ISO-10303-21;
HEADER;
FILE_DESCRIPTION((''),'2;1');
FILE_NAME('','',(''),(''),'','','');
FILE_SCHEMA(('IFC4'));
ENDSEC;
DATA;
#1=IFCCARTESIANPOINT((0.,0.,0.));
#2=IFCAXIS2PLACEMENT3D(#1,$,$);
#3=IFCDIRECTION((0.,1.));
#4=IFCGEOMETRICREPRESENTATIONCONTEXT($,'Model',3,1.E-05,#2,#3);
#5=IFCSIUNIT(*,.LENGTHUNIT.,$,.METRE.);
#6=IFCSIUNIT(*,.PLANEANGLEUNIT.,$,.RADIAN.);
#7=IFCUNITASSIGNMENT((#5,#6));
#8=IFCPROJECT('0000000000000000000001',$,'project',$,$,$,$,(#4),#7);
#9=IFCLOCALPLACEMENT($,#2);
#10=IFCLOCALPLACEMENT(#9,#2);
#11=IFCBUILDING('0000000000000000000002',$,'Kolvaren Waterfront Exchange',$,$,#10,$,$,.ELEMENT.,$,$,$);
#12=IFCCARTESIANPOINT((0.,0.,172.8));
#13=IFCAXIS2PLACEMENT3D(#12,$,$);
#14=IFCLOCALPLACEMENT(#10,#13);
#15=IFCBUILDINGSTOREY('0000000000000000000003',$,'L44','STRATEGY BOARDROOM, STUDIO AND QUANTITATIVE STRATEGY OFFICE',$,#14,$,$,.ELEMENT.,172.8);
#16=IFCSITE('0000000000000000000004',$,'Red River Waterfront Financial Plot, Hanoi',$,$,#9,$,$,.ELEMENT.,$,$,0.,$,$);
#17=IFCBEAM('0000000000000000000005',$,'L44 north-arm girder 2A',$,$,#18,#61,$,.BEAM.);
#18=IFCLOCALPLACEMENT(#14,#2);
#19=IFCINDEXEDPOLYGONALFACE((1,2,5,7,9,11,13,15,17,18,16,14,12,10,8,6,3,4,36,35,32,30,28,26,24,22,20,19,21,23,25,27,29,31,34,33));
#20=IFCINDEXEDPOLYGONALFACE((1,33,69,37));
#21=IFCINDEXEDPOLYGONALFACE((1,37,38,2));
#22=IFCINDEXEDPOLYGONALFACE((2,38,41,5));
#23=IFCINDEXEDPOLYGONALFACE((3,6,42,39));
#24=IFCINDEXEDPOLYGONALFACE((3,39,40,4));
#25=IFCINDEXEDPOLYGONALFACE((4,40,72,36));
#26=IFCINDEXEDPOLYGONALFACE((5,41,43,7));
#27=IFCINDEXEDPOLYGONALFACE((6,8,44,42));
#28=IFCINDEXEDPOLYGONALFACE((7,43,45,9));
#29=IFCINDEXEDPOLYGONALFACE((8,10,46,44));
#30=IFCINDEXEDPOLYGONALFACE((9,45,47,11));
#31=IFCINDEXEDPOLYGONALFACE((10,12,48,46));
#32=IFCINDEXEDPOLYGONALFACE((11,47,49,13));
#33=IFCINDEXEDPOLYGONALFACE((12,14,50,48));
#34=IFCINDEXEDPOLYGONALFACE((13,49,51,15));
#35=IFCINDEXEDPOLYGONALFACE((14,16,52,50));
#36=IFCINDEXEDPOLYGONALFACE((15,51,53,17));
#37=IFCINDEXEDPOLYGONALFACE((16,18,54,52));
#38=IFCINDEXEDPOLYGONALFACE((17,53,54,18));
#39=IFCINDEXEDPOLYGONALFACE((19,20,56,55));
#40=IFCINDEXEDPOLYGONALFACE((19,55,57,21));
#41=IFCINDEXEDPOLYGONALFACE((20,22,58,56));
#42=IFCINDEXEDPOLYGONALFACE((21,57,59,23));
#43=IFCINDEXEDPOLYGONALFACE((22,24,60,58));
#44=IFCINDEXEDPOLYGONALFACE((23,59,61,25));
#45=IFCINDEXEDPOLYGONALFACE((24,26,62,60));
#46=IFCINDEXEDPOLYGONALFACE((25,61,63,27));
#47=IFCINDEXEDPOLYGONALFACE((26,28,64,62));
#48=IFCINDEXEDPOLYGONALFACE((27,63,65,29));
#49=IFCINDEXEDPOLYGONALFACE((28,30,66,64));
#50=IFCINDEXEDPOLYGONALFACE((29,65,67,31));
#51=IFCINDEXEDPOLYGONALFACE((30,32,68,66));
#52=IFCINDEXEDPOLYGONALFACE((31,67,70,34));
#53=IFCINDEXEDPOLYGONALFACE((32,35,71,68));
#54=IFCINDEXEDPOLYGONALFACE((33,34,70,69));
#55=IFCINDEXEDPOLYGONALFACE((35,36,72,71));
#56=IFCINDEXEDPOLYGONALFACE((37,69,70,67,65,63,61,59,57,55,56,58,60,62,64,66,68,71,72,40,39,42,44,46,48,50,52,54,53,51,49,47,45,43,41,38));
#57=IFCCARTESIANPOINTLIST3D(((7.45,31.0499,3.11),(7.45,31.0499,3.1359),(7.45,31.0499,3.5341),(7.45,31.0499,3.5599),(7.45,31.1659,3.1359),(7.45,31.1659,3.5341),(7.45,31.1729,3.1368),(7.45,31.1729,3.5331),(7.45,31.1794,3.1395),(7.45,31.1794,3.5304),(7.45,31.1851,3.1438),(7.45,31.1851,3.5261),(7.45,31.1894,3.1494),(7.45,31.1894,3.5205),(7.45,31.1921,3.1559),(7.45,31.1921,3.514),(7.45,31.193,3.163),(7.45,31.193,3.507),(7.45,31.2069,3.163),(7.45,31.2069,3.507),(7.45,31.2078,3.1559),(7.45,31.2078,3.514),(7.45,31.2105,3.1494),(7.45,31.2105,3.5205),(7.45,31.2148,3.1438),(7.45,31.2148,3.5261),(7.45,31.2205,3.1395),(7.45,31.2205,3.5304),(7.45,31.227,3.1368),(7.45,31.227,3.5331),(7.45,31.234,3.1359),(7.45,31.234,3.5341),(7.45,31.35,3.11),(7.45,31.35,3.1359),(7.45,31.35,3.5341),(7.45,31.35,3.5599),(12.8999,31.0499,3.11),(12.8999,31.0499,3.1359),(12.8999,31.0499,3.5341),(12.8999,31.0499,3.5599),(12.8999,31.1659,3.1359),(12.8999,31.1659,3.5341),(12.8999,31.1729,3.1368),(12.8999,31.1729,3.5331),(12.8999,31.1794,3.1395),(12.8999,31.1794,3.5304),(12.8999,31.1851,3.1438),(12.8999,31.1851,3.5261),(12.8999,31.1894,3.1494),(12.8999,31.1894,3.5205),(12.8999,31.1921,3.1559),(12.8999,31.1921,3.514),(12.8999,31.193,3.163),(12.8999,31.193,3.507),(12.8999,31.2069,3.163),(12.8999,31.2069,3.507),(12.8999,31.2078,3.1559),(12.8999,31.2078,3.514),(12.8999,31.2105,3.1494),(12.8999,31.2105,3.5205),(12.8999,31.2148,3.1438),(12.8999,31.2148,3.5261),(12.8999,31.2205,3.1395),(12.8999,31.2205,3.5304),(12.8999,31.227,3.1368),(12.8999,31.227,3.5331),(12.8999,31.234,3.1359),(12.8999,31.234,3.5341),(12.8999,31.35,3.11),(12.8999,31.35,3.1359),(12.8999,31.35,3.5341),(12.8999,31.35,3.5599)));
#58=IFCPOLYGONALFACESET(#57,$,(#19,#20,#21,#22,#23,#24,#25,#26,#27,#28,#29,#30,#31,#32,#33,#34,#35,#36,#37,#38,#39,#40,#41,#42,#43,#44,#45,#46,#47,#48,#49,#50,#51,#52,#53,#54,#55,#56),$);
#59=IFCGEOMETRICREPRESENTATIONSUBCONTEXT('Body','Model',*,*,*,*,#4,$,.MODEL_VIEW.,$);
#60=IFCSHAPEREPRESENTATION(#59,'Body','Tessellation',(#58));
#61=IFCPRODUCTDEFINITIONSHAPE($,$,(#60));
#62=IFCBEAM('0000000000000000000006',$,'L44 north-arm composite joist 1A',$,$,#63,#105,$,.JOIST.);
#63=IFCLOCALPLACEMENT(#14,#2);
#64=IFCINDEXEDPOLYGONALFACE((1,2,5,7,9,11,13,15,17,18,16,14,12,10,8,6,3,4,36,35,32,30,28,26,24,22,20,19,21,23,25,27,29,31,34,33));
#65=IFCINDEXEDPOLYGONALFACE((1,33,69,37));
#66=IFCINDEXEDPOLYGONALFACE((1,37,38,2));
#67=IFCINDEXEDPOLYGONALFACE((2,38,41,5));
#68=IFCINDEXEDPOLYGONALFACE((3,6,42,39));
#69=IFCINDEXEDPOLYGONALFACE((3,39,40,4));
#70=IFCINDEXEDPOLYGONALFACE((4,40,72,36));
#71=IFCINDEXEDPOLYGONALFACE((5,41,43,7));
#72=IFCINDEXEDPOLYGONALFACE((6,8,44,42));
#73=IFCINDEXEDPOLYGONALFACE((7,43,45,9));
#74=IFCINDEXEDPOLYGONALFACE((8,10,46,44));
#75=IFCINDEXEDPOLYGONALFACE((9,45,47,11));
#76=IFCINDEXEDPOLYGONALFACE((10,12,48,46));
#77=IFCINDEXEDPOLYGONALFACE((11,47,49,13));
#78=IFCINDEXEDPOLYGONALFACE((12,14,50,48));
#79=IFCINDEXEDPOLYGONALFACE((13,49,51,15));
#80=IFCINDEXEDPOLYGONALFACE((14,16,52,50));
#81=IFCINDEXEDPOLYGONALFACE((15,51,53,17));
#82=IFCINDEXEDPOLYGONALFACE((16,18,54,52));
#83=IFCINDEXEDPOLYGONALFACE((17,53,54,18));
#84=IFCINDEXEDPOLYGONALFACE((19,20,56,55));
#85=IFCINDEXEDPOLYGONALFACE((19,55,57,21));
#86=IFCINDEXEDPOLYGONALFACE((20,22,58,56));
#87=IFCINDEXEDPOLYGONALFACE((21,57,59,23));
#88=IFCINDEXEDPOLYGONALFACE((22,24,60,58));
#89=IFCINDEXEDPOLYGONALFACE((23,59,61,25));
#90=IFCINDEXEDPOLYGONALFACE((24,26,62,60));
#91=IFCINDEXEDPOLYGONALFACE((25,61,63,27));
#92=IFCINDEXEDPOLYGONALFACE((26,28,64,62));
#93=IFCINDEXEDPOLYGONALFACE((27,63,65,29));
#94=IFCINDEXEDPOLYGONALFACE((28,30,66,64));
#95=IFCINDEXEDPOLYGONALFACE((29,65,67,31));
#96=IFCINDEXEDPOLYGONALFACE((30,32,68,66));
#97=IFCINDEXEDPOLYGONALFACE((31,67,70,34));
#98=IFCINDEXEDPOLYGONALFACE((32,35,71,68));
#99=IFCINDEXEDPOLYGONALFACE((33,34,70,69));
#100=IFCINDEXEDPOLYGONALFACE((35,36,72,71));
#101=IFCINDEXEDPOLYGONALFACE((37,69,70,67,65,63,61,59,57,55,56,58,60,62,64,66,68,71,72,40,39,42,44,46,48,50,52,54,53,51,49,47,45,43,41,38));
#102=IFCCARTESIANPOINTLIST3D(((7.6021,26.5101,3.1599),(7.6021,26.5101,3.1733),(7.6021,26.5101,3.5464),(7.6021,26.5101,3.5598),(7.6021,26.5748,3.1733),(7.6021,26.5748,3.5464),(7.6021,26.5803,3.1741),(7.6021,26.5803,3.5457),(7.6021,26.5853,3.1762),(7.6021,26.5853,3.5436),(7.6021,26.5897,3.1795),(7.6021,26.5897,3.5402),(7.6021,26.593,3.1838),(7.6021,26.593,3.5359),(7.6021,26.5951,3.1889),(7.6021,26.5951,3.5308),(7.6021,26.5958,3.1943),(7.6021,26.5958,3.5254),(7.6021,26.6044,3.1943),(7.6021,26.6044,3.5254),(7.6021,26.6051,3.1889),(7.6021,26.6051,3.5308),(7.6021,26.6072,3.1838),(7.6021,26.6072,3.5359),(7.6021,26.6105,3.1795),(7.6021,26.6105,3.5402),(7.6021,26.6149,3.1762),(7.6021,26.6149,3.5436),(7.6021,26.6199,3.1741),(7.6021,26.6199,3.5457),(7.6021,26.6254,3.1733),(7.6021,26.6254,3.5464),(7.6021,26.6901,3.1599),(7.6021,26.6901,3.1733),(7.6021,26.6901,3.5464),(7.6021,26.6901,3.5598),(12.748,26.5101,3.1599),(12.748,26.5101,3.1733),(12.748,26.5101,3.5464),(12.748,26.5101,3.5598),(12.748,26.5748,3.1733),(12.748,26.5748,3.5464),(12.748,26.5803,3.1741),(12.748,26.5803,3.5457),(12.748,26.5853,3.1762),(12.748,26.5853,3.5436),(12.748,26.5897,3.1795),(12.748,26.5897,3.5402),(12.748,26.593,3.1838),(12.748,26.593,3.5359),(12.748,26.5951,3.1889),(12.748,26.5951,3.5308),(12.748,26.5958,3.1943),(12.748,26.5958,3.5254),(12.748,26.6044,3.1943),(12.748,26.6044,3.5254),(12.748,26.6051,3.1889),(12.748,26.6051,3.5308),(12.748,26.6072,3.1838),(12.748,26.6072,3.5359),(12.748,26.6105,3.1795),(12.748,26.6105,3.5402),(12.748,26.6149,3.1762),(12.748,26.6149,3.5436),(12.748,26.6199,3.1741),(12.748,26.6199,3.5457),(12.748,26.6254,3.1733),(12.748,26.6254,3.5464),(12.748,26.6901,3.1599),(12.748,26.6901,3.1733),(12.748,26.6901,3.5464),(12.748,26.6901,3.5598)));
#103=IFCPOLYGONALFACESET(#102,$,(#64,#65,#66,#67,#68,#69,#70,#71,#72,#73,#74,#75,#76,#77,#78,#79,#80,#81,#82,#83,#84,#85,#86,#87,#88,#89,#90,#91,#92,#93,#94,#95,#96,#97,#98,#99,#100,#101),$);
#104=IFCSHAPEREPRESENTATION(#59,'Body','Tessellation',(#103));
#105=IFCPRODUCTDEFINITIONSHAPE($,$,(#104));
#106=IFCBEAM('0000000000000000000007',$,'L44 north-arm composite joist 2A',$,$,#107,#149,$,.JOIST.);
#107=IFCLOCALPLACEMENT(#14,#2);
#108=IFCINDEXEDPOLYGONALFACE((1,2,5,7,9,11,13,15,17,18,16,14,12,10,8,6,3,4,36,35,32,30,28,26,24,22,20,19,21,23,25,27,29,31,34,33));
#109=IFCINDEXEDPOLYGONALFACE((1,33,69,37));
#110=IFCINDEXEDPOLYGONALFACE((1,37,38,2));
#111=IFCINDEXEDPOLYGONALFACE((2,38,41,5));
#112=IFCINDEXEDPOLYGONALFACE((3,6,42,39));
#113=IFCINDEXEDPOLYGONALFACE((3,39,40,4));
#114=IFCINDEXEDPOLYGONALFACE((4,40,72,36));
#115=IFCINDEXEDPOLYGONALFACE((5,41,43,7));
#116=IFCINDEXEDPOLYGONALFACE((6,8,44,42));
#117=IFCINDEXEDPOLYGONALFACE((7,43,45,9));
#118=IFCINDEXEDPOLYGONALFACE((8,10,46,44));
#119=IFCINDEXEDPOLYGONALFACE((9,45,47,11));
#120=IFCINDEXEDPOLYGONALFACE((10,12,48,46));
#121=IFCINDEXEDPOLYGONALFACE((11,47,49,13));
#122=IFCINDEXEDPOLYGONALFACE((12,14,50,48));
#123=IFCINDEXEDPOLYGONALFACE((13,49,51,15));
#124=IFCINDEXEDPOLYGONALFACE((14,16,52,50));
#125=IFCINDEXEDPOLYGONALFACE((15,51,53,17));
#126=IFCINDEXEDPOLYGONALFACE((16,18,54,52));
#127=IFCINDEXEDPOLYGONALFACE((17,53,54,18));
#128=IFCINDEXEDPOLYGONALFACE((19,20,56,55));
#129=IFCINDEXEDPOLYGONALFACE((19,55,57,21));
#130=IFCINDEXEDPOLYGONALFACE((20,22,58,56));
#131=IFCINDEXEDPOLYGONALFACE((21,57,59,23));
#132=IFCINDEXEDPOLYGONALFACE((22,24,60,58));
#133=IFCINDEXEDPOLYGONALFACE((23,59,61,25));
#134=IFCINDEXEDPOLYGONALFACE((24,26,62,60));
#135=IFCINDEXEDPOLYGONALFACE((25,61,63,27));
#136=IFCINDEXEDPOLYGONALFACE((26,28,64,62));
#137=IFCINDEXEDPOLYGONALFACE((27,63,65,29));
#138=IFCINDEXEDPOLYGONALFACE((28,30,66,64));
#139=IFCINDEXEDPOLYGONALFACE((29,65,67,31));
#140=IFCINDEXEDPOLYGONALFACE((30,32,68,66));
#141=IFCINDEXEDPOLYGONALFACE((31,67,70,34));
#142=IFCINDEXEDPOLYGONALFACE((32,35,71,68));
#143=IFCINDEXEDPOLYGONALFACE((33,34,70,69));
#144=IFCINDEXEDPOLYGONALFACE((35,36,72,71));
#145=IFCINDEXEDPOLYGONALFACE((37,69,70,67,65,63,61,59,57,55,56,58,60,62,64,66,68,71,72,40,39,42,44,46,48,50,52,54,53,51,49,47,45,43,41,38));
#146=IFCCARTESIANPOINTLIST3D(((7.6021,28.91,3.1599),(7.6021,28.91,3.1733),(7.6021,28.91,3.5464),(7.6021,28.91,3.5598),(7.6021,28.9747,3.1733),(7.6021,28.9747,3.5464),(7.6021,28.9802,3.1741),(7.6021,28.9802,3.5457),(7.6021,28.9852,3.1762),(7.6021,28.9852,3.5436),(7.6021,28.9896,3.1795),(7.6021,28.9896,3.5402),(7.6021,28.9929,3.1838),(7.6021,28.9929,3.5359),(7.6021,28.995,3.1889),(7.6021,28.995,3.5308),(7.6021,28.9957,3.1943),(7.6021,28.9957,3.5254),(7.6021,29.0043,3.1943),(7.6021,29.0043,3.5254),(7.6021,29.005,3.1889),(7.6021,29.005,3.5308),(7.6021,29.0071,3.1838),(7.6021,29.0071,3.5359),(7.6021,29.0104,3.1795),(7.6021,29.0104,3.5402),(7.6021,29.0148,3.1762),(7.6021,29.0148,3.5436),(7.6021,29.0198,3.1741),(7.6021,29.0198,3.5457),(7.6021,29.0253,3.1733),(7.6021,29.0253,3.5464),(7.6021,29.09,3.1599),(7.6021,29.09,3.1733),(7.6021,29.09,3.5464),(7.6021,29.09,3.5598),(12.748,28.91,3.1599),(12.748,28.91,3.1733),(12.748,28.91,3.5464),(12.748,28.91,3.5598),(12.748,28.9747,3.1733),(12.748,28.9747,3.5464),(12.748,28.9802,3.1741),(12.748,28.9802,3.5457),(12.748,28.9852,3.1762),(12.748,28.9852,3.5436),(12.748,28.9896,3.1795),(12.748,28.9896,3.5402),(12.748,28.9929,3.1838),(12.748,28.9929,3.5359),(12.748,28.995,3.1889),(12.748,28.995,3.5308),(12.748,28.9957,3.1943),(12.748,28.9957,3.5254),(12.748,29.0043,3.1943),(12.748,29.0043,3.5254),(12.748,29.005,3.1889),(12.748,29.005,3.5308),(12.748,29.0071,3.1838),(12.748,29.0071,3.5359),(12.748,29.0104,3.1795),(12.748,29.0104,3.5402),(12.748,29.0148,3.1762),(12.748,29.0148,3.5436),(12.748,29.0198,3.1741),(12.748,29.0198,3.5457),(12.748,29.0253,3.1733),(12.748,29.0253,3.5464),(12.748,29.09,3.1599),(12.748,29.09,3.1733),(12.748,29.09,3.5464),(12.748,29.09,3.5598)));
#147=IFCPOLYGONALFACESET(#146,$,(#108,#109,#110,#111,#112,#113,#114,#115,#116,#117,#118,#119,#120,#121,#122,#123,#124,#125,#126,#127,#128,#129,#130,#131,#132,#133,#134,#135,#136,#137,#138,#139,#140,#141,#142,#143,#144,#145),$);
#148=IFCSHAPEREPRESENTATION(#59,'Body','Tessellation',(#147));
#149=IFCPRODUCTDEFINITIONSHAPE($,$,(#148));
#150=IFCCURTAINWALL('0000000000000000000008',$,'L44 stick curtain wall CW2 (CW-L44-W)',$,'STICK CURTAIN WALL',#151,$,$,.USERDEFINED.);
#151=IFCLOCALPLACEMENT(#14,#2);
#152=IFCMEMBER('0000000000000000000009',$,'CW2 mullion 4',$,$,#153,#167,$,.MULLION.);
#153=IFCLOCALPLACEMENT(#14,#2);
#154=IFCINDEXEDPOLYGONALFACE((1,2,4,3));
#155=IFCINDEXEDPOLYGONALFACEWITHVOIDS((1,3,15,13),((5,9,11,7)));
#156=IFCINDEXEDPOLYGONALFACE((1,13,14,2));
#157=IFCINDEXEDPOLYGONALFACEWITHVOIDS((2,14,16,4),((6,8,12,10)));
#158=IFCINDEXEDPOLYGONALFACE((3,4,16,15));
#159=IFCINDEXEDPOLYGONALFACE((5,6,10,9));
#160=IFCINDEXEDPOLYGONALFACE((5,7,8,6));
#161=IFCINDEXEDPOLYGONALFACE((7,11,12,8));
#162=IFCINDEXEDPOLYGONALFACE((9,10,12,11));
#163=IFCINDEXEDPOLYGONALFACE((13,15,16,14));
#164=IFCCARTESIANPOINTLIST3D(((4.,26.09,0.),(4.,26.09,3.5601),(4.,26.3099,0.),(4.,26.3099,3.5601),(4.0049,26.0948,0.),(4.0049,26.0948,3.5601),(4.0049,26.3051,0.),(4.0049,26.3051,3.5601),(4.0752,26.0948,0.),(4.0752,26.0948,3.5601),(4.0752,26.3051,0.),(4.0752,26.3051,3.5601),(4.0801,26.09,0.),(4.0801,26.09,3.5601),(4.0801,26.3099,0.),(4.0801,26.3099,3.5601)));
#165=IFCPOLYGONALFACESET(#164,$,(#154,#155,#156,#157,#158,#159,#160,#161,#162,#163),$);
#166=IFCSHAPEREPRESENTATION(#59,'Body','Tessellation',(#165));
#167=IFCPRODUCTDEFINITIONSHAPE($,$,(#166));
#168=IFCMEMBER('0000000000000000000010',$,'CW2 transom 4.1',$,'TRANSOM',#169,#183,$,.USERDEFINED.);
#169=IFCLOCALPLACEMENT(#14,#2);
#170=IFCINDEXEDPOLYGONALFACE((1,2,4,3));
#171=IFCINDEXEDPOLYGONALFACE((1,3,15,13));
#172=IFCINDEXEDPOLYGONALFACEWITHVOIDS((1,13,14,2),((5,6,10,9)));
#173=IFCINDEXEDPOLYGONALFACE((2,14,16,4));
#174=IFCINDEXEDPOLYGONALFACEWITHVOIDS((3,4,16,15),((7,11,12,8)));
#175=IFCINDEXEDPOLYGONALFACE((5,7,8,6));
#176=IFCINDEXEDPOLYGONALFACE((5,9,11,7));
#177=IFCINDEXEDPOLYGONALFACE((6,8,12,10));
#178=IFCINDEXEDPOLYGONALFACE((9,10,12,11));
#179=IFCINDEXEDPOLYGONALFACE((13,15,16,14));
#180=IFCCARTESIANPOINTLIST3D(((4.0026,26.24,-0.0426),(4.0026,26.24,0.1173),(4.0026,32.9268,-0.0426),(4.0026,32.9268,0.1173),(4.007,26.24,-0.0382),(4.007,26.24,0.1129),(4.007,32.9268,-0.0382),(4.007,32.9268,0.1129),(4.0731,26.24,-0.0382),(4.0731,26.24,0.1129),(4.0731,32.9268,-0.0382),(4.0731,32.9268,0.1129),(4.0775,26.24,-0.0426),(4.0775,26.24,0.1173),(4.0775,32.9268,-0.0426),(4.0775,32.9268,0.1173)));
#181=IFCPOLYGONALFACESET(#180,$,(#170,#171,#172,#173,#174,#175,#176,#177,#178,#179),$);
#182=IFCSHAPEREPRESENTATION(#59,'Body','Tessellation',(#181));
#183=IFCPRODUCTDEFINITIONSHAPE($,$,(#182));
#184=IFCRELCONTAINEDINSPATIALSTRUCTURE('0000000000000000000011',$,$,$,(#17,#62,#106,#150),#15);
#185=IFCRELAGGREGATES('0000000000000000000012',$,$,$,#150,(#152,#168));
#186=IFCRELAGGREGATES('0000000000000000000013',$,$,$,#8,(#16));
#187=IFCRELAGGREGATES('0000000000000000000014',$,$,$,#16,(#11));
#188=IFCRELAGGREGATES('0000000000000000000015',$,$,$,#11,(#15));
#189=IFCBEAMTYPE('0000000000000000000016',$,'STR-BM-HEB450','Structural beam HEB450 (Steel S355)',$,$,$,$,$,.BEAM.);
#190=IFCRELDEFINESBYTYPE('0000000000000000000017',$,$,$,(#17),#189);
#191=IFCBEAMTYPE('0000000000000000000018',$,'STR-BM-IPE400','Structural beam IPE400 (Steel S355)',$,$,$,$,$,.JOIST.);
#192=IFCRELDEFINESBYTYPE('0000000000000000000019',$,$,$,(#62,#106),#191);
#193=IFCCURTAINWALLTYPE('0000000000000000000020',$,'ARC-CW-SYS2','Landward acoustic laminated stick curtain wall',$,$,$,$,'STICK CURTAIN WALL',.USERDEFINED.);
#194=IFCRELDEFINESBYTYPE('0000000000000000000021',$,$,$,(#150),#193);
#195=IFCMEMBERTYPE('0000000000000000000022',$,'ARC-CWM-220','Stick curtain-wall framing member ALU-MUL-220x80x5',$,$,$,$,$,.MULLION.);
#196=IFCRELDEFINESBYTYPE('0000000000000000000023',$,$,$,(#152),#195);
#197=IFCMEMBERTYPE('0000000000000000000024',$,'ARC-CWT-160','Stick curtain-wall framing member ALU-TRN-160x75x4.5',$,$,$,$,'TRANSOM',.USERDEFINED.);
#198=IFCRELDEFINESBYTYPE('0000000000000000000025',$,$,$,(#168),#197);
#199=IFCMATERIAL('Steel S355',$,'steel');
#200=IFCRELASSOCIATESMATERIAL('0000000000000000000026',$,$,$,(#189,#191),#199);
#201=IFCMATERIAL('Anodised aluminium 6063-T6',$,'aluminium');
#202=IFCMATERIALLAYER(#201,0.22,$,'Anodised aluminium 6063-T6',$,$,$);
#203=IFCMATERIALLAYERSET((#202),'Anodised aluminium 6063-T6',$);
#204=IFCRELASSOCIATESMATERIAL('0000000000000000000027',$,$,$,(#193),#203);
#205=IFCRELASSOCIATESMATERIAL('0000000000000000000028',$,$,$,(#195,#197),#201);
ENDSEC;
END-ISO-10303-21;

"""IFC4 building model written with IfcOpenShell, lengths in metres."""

from ifc_helpers import new_model, si_unit, direction, frame, origin, origin_with_axes, origin_2d, place, context, subcontext, project, spatial, hollow_rectangle, i_section, extrude, source, transform, mapped, material, layer, layer_set, material_profile, profile_set, type_object, element, aggregate, save


model = new_model("IFC4")

# Units and contexts
model_context = context("Model", 3, precision=1e-05, world=origin(), true_north=direction((0.0, 1.0)))
body_context = subcontext(model_context, "Body", "Model", "MODEL_VIEW")
ifc_project = project(units=[si_unit("LENGTHUNIT", "METRE"), si_unit("PLANEANGLEUNIT", "RADIAN")], contexts=[model_context])

# Site, building, storey
site_placement = place(None, origin())
site = spatial("IfcSite", under=ifc_project, at=site_placement, Name="Red River Waterfront Financial Plot, Hanoi", CompositionType="ELEMENT", RefElevation=0.0)
building_placement = place(site_placement, origin())
building = spatial("IfcBuilding", under=site, at=building_placement, Name="Kolvaren Waterfront Exchange", CompositionType="ELEMENT")
storey_placement = place(building_placement, frame((0.0, 0.0, 172.8)))
storey = spatial("IfcBuildingStorey", under=building, at=storey_placement, Name="L44", Description="STRATEGY BOARDROOM, STUDIO AND QUANTITATIVE STRATEGY OFFICE", CompositionType="ELEMENT", Elevation=172.8)

# Beams
ifc_material_1 = material(Name="Steel S355", Category="steel")
ifc_material_profile_1 = material_profile(ifc_material_1, i_section(OverallWidth=0.3, OverallDepth=0.45, WebThickness=0.0139, FlangeThickness=0.0259, FilletRadius=0.0271, at=origin_2d()), Name="HEB450")
ifc_profile_set_1 = profile_set([ifc_material_profile_1], Name="Steel S355")
beam_type_1 = type_object("IfcBeamType", Name="STR-BM-HEB450", Description="Structural beam HEB450 (Steel S355)", PredefinedType="BEAM", material=ifc_profile_set_1)
for number, where, z_axis, x_axis, name in (
    (1, (7.45, 31.2, 3.335), (1.0, 0.0, 0.0), (0.0, 1.0, 0.0), "L44 north-arm girder 2A"),
):
    element("IfcBeam", number, at=place(storey_placement, frame(where, z_axis=z_axis, x_axis=x_axis)), inside=storey, type_object=beam_type_1, Name=name, PredefinedType="BEAM", context=body_context, shape_type="SweptSolid", body=[
        extrude(i_section(OverallWidth=0.3, OverallDepth=0.45, WebThickness=0.0139, FlangeThickness=0.0259, FilletRadius=0.0271, at=origin_2d()), origin(), (0.0, 0.0, 1.0), 5.45),
    ])
ifc_material_profile_2 = material_profile(ifc_material_1, i_section(OverallWidth=0.1799, OverallDepth=0.3999, WebThickness=0.0085, FlangeThickness=0.0134, FilletRadius=0.021, at=origin_2d()), Name="IPE400")
ifc_profile_set_2 = profile_set([ifc_material_profile_2], Name="Steel S355")
beam_type_2 = type_object("IfcBeamType", Name="STR-BM-IPE400", Description="Structural beam IPE400 (Steel S355)", PredefinedType="JOIST", material=ifc_profile_set_2)
for number, where, z_axis, x_axis, name in (
    (2, (7.6021, 26.6001, 3.3599), (1.0, 0.0, 0.0), (0.0, 1.0, 0.0), "L44 north-arm composite joist 1A"),
    (3, (7.6021, 29.0, 3.3599), (1.0, 0.0, 0.0), (0.0, 1.0, 0.0), "L44 north-arm composite joist 2A"),
):
    element("IfcBeam", number, at=place(storey_placement, frame(where, z_axis=z_axis, x_axis=x_axis)), inside=storey, type_object=beam_type_2, Name=name, PredefinedType="JOIST", context=body_context, shape_type="SweptSolid", body=[
        extrude(i_section(OverallWidth=0.1799, OverallDepth=0.3999, WebThickness=0.0085, FlangeThickness=0.0134, FilletRadius=0.021, at=origin_2d()), origin(), (0.0, 0.0, 1.0), 5.146),
    ])

# Curtain wall, members
ifc_material_2 = material(Name="Anodised aluminium 6063-T6", Category="aluminium")
ifc_layer_1 = layer(ifc_material_2, 0.22, Name="Anodised aluminium 6063-T6")
ifc_layer_set_1 = layer_set([ifc_layer_1], Name="Anodised aluminium 6063-T6")
curtain_wall_type = type_object("IfcCurtainWallType", Name="ARC-CW-SYS2", Description="Landward acoustic laminated stick curtain wall", ElementType="STICK CURTAIN WALL", PredefinedType="USERDEFINED", material=ifc_layer_set_1)
curtain_wall_placement = place(storey_placement, origin())
curtain_wall = element("IfcCurtainWall", 4, at=curtain_wall_placement, inside=storey, type_object=curtain_wall_type, Name="L44 stick curtain wall CW2 (CW-L44-W)", ObjectType="STICK CURTAIN WALL", PredefinedType="USERDEFINED")
ifc_material_profile_3 = material_profile(ifc_material_2, hollow_rectangle(XDim=0.0801, YDim=0.22, WallThickness=0.0049, at=origin_2d()), Name="ALU-MUL-220x80x5")
ifc_profile_set_3 = profile_set([ifc_material_profile_3], Name="Anodised aluminium 6063-T6")
member_type_1 = type_object("IfcMemberType", Name="ARC-CWM-220", Description="Stick curtain-wall framing member ALU-MUL-220x80x5", PredefinedType="MULLION", material=ifc_profile_set_3)
shared_shape_1 = source(origin_with_axes(), body_context, "Body", "SweptSolid", [
    extrude(hollow_rectangle(XDim=0.0801, YDim=0.22, WallThickness=0.0049, at=origin_2d()), origin(), (0.0, 0.0, 1.0), 3.5601),
])
member_1_placement = place(storey_placement, frame((4.04, 26.2, 0.0), z_axis=(0.0, 0.0, 1.0), x_axis=(-1.0, 0.0, 0.0)))
member_1 = element("IfcMember", 5, at=member_1_placement, type_object=member_type_1, Name="CW2 mullion 4", PredefinedType="MULLION", context=body_context, shape_type="MappedRepresentation", body=[
    mapped(shared_shape_1, transform((0.0, 0.0, 0.0), x_axis=(1.0, 0.0, 0.0), y_axis=(0.0, 1.0, 0.0), z_axis=(0.0, 0.0, 1.0), scale=1.0)),
])
ifc_material_profile_4 = material_profile(ifc_material_2, hollow_rectangle(XDim=0.075, YDim=0.1599, WallThickness=0.0044, at=origin_2d()), Name="ALU-TRN-160x75x4.5")
ifc_profile_set_4 = profile_set([ifc_material_profile_4], Name="Anodised aluminium 6063-T6")
member_type_2 = type_object("IfcMemberType", Name="ARC-CWT-160", Description="Stick curtain-wall framing member ALU-TRN-160x75x4.5", ElementType="TRANSOM", PredefinedType="USERDEFINED", material=ifc_profile_set_4)
shared_shape_2 = source(origin_with_axes(), body_context, "Body", "SweptSolid", [
    extrude(hollow_rectangle(XDim=0.075, YDim=0.1599, WallThickness=0.0044, at=origin_2d()), origin(), (0.0, 0.0, 1.0), 6.6868),
])
member_2_placement = place(storey_placement, frame((4.04, 26.24, 0.0374), z_axis=(0.0, 1.0, 0.0), x_axis=(-1.0, 0.0, 0.0)))
member_2 = element("IfcMember", 6, at=member_2_placement, type_object=member_type_2, Name="CW2 transom 4.1", ObjectType="TRANSOM", PredefinedType="USERDEFINED", context=body_context, shape_type="MappedRepresentation", body=[
    mapped(shared_shape_2, transform((0.0, 0.0, 0.0), x_axis=(1.0, 0.0, 0.0), y_axis=(0.0, 1.0, 0.0), z_axis=(0.0, 0.0, 1.0), scale=1.0)),
])
aggregate(curtain_wall, [member_1, member_2])

save(model, "model.ifc")
